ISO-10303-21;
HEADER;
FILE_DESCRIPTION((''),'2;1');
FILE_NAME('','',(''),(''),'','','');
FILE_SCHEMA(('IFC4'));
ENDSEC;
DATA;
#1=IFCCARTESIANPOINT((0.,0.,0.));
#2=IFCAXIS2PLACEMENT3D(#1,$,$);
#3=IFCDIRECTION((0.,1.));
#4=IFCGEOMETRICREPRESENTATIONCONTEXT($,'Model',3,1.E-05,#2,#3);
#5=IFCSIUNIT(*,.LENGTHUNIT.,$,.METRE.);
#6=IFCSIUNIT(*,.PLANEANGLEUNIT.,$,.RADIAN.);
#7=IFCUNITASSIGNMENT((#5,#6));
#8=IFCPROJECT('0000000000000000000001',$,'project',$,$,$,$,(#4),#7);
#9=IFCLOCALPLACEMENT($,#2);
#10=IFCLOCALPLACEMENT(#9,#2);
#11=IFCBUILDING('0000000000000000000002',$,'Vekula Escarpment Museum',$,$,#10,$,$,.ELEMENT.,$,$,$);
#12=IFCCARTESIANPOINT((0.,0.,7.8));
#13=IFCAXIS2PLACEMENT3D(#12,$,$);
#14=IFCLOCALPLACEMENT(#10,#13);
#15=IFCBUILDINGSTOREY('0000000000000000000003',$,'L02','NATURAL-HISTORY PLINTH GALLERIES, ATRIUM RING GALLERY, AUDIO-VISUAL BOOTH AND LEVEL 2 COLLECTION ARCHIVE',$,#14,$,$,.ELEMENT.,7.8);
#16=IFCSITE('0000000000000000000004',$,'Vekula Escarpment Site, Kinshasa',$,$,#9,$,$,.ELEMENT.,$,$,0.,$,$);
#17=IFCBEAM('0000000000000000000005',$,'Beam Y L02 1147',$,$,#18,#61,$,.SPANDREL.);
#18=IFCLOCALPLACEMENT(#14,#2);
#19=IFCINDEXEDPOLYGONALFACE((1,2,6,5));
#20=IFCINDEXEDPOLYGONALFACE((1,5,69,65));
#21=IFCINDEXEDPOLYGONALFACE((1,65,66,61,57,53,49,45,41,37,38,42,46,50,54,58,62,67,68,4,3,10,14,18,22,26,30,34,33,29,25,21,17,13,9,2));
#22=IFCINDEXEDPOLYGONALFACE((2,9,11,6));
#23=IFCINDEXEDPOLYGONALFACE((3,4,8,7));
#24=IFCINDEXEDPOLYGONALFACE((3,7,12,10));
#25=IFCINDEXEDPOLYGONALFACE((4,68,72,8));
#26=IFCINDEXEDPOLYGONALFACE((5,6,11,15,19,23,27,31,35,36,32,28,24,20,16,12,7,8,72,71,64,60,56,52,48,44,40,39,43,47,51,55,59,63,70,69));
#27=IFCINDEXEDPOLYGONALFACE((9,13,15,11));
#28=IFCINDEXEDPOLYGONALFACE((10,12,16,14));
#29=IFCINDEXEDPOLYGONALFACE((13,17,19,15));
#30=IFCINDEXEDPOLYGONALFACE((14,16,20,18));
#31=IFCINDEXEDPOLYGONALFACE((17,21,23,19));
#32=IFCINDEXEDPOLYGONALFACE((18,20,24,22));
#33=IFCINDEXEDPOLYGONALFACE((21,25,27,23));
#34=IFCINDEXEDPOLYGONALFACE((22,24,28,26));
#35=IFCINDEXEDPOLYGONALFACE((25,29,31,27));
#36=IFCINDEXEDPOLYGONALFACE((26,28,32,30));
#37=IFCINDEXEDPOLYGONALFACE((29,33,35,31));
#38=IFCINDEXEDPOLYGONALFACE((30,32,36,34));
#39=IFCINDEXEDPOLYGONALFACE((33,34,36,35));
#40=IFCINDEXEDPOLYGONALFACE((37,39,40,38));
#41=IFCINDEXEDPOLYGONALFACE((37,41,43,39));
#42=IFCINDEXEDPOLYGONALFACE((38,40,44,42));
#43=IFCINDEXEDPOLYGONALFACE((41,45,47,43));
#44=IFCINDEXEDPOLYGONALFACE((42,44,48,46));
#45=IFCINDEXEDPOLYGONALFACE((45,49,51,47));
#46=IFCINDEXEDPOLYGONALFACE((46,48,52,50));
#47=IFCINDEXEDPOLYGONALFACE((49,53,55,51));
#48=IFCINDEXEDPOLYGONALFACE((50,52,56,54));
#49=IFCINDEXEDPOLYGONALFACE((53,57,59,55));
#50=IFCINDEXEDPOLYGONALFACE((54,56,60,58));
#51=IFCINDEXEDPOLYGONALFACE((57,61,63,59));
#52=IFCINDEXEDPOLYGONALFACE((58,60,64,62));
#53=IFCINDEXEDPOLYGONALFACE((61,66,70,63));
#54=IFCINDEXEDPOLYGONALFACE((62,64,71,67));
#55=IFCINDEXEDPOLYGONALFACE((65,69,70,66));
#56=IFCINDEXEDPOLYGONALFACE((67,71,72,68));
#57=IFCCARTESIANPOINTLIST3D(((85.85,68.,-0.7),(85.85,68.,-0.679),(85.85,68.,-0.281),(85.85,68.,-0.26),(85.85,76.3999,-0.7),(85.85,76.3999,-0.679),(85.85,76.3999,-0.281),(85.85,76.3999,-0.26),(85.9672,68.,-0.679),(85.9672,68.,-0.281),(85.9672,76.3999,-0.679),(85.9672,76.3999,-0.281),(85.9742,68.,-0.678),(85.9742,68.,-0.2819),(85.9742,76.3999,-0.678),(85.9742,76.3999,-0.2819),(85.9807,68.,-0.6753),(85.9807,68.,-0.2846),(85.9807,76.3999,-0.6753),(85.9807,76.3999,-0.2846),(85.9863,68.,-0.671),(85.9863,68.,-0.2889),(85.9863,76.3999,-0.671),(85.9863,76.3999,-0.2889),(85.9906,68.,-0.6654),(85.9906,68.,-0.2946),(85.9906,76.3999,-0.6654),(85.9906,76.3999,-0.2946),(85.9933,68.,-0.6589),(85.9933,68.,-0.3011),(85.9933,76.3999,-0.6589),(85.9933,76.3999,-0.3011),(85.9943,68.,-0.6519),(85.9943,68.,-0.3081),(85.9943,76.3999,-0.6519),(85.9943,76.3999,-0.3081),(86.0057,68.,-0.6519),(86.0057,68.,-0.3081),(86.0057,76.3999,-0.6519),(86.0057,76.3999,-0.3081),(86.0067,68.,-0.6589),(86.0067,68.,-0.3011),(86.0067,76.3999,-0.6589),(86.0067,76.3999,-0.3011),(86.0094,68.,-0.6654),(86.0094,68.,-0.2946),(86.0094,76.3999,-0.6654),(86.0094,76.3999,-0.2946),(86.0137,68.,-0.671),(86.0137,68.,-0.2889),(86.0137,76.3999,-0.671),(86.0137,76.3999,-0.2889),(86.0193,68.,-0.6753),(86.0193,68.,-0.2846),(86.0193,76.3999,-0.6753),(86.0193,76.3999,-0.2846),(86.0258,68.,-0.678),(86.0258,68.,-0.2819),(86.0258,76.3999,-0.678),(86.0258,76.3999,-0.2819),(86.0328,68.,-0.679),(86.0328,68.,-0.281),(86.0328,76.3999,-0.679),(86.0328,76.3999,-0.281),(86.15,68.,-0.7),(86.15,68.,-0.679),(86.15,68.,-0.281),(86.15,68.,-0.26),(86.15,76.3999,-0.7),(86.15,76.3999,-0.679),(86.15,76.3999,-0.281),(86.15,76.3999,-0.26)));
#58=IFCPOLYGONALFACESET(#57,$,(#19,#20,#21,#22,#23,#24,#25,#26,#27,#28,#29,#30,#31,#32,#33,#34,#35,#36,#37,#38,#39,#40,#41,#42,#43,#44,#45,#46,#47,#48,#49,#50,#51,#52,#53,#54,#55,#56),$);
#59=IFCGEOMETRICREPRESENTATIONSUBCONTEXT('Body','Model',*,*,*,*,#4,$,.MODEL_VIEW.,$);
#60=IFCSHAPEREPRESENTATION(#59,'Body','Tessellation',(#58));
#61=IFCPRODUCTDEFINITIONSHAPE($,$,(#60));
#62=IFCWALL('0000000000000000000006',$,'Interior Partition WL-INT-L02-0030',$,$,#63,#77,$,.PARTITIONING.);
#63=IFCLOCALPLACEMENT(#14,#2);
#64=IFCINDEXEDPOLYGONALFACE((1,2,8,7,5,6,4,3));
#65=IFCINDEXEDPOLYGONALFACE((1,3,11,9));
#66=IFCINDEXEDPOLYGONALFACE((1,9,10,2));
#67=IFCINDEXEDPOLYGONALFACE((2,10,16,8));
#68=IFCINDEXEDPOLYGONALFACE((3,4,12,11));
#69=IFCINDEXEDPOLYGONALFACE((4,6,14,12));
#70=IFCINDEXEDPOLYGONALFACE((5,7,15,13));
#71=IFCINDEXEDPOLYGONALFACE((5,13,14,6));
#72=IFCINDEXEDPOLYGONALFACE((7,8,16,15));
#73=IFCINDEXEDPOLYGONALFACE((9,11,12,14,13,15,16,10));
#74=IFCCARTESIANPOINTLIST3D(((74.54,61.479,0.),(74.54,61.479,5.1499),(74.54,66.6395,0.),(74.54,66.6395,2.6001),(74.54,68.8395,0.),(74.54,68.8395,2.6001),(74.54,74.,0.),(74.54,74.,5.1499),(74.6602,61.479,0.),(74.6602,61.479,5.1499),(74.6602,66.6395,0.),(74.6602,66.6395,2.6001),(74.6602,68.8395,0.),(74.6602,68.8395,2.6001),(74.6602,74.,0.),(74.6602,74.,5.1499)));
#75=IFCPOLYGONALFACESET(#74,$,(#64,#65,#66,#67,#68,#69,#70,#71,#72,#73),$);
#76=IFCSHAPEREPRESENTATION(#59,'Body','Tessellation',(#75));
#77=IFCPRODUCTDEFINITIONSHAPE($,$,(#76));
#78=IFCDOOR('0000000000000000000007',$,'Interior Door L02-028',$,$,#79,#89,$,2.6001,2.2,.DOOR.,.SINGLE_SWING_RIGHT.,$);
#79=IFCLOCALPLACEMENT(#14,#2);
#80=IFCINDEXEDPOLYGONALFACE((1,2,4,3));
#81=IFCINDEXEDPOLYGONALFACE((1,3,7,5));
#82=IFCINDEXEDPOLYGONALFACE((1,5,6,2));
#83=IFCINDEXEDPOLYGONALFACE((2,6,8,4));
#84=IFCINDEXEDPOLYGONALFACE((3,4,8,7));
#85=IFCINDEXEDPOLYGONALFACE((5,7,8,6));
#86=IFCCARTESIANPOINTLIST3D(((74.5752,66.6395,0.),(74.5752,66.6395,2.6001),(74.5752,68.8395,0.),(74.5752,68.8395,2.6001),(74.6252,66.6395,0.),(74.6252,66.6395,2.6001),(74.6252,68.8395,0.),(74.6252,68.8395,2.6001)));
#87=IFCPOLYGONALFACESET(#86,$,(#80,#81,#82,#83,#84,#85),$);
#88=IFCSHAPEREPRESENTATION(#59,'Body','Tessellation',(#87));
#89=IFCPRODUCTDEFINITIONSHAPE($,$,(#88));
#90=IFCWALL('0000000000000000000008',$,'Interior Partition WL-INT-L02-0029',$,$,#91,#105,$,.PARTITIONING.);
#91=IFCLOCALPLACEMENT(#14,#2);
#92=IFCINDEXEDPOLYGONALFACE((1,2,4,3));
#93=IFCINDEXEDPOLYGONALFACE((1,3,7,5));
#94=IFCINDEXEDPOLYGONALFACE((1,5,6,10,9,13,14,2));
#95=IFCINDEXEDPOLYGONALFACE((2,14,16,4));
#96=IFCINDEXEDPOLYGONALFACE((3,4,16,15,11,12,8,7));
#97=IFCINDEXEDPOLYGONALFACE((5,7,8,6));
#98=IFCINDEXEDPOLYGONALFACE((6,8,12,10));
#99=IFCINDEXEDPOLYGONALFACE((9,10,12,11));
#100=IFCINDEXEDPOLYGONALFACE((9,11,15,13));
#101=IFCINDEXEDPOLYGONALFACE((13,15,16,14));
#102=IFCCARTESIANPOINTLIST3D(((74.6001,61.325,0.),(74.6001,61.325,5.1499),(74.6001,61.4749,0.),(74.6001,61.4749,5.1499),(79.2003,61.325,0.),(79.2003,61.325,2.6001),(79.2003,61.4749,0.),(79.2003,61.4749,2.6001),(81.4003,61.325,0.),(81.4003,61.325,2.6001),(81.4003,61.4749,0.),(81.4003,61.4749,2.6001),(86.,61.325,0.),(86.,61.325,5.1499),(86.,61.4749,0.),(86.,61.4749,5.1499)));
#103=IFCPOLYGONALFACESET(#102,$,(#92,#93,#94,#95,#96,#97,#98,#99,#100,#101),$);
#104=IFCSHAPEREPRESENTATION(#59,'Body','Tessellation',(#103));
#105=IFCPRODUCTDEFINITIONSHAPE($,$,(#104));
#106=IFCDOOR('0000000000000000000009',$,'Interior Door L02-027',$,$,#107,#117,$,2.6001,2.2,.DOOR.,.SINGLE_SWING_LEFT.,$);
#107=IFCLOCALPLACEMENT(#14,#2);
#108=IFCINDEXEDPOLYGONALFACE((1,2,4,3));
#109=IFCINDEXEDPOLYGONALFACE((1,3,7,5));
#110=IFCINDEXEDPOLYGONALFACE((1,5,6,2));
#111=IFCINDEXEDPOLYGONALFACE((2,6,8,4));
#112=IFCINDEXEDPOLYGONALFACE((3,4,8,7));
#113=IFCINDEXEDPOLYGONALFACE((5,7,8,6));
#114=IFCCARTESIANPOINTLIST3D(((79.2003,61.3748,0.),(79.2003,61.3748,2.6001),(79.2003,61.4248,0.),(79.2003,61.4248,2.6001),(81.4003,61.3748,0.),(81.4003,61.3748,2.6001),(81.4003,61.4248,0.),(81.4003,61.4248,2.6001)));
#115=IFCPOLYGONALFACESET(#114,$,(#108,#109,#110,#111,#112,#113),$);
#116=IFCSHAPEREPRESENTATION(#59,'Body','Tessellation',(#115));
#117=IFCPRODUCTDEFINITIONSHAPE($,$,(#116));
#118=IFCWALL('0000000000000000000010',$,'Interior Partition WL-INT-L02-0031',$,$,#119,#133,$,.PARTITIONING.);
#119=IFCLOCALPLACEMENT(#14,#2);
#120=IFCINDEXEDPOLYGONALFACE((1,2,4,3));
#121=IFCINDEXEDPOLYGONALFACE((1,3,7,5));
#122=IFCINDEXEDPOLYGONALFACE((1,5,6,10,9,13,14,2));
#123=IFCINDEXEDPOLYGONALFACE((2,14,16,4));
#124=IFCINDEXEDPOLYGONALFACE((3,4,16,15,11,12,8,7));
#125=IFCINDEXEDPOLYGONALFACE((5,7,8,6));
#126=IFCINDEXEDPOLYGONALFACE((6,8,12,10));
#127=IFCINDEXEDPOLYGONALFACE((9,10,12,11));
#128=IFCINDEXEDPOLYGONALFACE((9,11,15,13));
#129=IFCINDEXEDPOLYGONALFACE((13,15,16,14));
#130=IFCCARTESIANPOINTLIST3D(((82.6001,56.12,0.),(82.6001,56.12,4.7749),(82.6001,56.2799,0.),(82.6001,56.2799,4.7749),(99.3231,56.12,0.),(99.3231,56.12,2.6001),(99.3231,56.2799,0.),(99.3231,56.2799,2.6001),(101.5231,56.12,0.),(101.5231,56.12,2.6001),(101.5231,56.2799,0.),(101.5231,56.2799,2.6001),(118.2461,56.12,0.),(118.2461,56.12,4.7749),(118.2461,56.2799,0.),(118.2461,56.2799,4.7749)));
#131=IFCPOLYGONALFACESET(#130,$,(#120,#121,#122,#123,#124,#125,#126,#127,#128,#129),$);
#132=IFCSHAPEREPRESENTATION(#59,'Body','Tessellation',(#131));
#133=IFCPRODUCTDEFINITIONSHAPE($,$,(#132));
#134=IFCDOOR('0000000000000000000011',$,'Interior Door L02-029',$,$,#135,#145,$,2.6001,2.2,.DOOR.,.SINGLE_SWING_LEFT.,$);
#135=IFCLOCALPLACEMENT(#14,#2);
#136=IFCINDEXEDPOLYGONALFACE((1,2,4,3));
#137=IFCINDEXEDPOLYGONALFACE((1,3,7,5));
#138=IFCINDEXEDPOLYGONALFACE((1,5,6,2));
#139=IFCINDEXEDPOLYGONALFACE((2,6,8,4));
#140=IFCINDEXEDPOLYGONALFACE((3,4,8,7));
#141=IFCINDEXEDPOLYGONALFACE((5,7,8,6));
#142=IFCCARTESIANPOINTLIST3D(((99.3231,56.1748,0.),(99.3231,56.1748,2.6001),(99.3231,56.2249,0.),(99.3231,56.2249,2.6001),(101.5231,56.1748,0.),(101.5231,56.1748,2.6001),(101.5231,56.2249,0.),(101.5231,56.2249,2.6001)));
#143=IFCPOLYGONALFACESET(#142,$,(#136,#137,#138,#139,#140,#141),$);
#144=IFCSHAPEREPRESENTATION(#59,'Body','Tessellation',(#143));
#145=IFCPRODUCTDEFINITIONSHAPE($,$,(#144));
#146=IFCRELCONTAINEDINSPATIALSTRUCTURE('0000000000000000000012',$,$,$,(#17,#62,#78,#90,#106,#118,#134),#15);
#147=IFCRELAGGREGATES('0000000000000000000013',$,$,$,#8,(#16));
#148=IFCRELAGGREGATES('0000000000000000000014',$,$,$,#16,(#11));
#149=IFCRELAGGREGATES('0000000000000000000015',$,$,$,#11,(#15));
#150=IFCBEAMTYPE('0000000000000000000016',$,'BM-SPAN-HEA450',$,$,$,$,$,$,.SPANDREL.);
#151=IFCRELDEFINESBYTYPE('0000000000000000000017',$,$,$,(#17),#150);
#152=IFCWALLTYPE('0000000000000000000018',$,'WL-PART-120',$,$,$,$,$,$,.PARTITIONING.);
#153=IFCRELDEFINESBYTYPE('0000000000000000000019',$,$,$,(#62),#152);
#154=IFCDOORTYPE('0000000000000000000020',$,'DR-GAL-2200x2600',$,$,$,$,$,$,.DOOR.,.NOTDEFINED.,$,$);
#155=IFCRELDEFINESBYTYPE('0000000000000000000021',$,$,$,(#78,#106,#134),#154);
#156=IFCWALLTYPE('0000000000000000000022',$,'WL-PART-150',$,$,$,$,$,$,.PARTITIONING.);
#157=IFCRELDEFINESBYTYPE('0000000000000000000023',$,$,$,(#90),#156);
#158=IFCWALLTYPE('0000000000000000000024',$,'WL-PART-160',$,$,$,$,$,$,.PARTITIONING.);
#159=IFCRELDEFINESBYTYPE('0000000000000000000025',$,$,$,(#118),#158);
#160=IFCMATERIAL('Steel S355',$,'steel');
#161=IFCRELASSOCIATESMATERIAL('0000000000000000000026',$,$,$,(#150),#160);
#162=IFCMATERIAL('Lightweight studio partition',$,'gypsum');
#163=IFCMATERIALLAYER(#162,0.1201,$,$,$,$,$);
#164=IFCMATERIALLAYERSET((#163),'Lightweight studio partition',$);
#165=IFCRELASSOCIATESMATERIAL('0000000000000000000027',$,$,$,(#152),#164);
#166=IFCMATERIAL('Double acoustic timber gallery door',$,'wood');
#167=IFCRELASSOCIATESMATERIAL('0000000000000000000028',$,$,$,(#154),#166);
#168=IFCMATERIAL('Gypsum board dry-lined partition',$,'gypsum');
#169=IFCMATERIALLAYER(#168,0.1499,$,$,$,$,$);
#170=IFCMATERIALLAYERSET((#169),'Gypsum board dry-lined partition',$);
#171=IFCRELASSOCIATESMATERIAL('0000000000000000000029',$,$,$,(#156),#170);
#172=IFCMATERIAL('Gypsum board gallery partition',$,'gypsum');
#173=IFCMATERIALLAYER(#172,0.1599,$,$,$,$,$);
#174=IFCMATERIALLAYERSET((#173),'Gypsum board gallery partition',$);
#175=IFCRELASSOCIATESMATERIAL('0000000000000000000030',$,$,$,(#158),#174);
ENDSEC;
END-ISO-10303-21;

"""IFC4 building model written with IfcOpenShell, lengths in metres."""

from ifc_helpers import new_model, si_unit, direction, frame, frame_2d, origin, origin_2d, place, context, subcontext, project, spatial, rectangle, i_section, extrude, material, layer, layer_set, material_profile, profile_set, type_object, element, fill, save


model = new_model("IFC4")

# Units and contexts
model_context = context("Model", 3, precision=1e-05, world=origin(), true_north=direction((0.0, 1.0)))
body_context = subcontext(model_context, "Body", "Model", "MODEL_VIEW")
ifc_project = project(units=[si_unit("LENGTHUNIT", "METRE"), si_unit("PLANEANGLEUNIT", "RADIAN")], contexts=[model_context])

# Site, building, storey
site_placement = place(None, origin())
site = spatial("IfcSite", under=ifc_project, at=site_placement, Name="Vekula Escarpment Site, Kinshasa", CompositionType="ELEMENT", RefElevation=0.0)
building_placement = place(site_placement, origin())
building = spatial("IfcBuilding", under=site, at=building_placement, Name="Vekula Escarpment Museum", CompositionType="ELEMENT")
storey_placement = place(building_placement, frame((0.0, 0.0, 7.8)))
storey = spatial("IfcBuildingStorey", under=building, at=storey_placement, Name="L02", Description="NATURAL-HISTORY PLINTH GALLERIES, ATRIUM RING GALLERY, AUDIO-VISUAL BOOTH AND LEVEL 2 COLLECTION ARCHIVE", CompositionType="ELEMENT", Elevation=7.8)

# Beam
ifc_material_1 = material(Name="Steel S355", Category="steel")
ifc_material_profile_1 = material_profile(ifc_material_1, i_section(OverallWidth=0.3, OverallDepth=0.4399, WebThickness=0.0115, FlangeThickness=0.021, FilletRadius=0.0271, at=origin_2d()), Name="HEA 450")
ifc_profile_set_1 = profile_set([ifc_material_profile_1], Name="Steel S355")
beam_type_1 = type_object("IfcBeamType", Name="BM-SPAN-HEA450", PredefinedType="SPANDREL", material=ifc_profile_set_1)
for number, where, z_axis, x_axis, name in (
    (1, (86.0, 68.0, -0.48), (0.0, 1.0, 0.0), (-1.0, 0.0, 0.0), "Beam Y L02 1147"),
):
    element("IfcBeam", number, at=place(storey_placement, frame(where, z_axis=z_axis, x_axis=x_axis)), inside=storey, type_object=beam_type_1, Name=name, PredefinedType="SPANDREL", context=body_context, shape_type="SweptSolid", body=[
        extrude(i_section(OverallWidth=0.3, OverallDepth=0.4399, WebThickness=0.0115, FlangeThickness=0.021, FilletRadius=0.0271, at=origin_2d()), origin(), (0.0, 0.0, 1.0), 8.3999),
    ])

# Walls, openings, doors
ifc_material_2 = material(Name="Lightweight studio partition", Category="gypsum")
ifc_layer_1 = layer(ifc_material_2, 0.1201)
ifc_layer_set_1 = layer_set([ifc_layer_1], Name="Lightweight studio partition")
wall_type_1 = type_object("IfcWallType", Name="WL-PART-120", PredefinedType="PARTITIONING", material=ifc_layer_set_1)
wall_1_placement = place(storey_placement, frame((74.6001, 61.479, 0.0), z_axis=(0.0, 0.0, 1.0), x_axis=(0.0, 1.0, 0.0)))
wall_1 = element("IfcWall", 2, at=wall_1_placement, inside=storey, type_object=wall_type_1, Name="Interior Partition WL-INT-L02-0030", PredefinedType="PARTITIONING", context=body_context, shape_type="SweptSolid", body=[
    extrude(rectangle(XDim=12.521, YDim=0.1201, at=frame_2d((6.2605, 0.0))), origin(), (0.0, 0.0, 1.0), 5.1499),
])
opening_1_placement = place(wall_1_placement, frame((5.1604, 0.0, 0.0)))
opening_1 = element("IfcOpeningElement", 3, at=opening_1_placement, cuts=wall_1, PredefinedType="OPENING", context=body_context, shape_type="SweptSolid", body=[
    extrude(rectangle(XDim=2.2, YDim=2.6001, at=frame_2d((1.1001, 1.3))), frame((0.0, 0.0701, 0.0), z_axis=(0.0, -1.0, 0.0), x_axis=(1.0, 0.0, 0.0)), (0.0, 0.0, 1.0), 0.1401),
])
ifc_material_3 = material(Name="Double acoustic timber gallery door", Category="wood")
door_type = type_object("IfcDoorType", Name="DR-GAL-2200x2600", OperationType="NOTDEFINED", PredefinedType="DOOR", material=ifc_material_3)
door_1_placement = place(opening_1_placement, origin())
door_1 = element("IfcDoor", 4, at=door_1_placement, inside=storey, type_object=door_type, Name="Interior Door L02-028", OperationType="SINGLE_SWING_RIGHT", OverallHeight=2.6001, OverallWidth=2.2, PredefinedType="DOOR", context=body_context, shape_type="SweptSolid", body=[
    extrude(rectangle(XDim=2.2, YDim=2.6001, at=frame_2d((1.1001, 1.3))), frame((0.0, 0.0249, 0.0), z_axis=(0.0, -1.0, 0.0), x_axis=(1.0, 0.0, 0.0)), (0.0, 0.0, 1.0), 0.05),
])
fill(opening_1, door_1)
ifc_material_4 = material(Name="Gypsum board dry-lined partition", Category="gypsum")
ifc_layer_2 = layer(ifc_material_4, 0.1499)
ifc_layer_set_2 = layer_set([ifc_layer_2], Name="Gypsum board dry-lined partition")
wall_type_2 = type_object("IfcWallType", Name="WL-PART-150", PredefinedType="PARTITIONING", material=ifc_layer_set_2)
wall_2_placement = place(storey_placement, frame((74.6001, 61.3999, 0.0), z_axis=(0.0, 0.0, 1.0), x_axis=(1.0, 0.0, 0.0)))
wall_2 = element("IfcWall", 5, at=wall_2_placement, inside=storey, type_object=wall_type_2, Name="Interior Partition WL-INT-L02-0029", PredefinedType="PARTITIONING", context=body_context, shape_type="SweptSolid", body=[
    extrude(rectangle(XDim=11.3999, YDim=0.1499, at=frame_2d((5.7, 0.0))), origin(), (0.0, 0.0, 1.0), 5.1499),
])
opening_2_placement = place(wall_2_placement, frame((4.6001, 0.0, 0.0)))
opening_2 = element("IfcOpeningElement", 6, at=opening_2_placement, cuts=wall_2, PredefinedType="OPENING", context=body_context, shape_type="SweptSolid", body=[
    extrude(rectangle(XDim=2.2, YDim=2.6001, at=frame_2d((1.1001, 1.3))), frame((0.0, 0.085, 0.0), z_axis=(0.0, -1.0, 0.0), x_axis=(1.0, 0.0, 0.0)), (0.0, 0.0, 1.0), 0.1699),
])
door_2_placement = place(opening_2_placement, origin())
door_2 = element("IfcDoor", 7, at=door_2_placement, inside=storey, type_object=door_type, Name="Interior Door L02-027", OperationType="SINGLE_SWING_LEFT", OverallHeight=2.6001, OverallWidth=2.2, PredefinedType="DOOR", context=body_context, shape_type="SweptSolid", body=[
    extrude(rectangle(XDim=2.2, YDim=2.6001, at=frame_2d((1.1001, 1.3))), frame((0.0, 0.0249, 0.0), z_axis=(0.0, -1.0, 0.0), x_axis=(1.0, 0.0, 0.0)), (0.0, 0.0, 1.0), 0.05),
])
fill(opening_2, door_2)
ifc_material_5 = material(Name="Gypsum board gallery partition", Category="gypsum")
ifc_layer_3 = layer(ifc_material_5, 0.1599)
ifc_layer_set_3 = layer_set([ifc_layer_3], Name="Gypsum board gallery partition")
wall_type_3 = type_object("IfcWallType", Name="WL-PART-160", PredefinedType="PARTITIONING", material=ifc_layer_set_3)
wall_3_placement = place(storey_placement, frame((82.6001, 56.2, 0.0), z_axis=(0.0, 0.0, 1.0), x_axis=(1.0, 0.0, 0.0)))
wall_3 = element("IfcWall", 8, at=wall_3_placement, inside=storey, type_object=wall_type_3, Name="Interior Partition WL-INT-L02-0031", PredefinedType="PARTITIONING", context=body_context, shape_type="SweptSolid", body=[
    extrude(rectangle(XDim=35.646, YDim=0.1599, at=frame_2d((17.823, 0.0))), origin(), (0.0, 0.0, 1.0), 4.7749),
])
opening_3_placement = place(wall_3_placement, frame((16.7229, 0.0, 0.0)))
opening_3 = element("IfcOpeningElement", 9, at=opening_3_placement, cuts=wall_3, PredefinedType="OPENING", context=body_context, shape_type="SweptSolid", body=[
    extrude(rectangle(XDim=2.2, YDim=2.6001, at=frame_2d((1.1001, 1.3))), frame((0.0, 0.0898, 0.0), z_axis=(0.0, -1.0, 0.0), x_axis=(1.0, 0.0, 0.0)), (0.0, 0.0, 1.0), 0.1799),
])
door_3_placement = place(opening_3_placement, origin())
door_3 = element("IfcDoor", 10, at=door_3_placement, inside=storey, type_object=door_type, Name="Interior Door L02-029", OperationType="SINGLE_SWING_LEFT", OverallHeight=2.6001, OverallWidth=2.2, PredefinedType="DOOR", context=body_context, shape_type="SweptSolid", body=[
    extrude(rectangle(XDim=2.2, YDim=2.6001, at=frame_2d((1.1001, 1.3))), frame((0.0, 0.0249, 0.0), z_axis=(0.0, -1.0, 0.0), x_axis=(1.0, 0.0, 0.0)), (0.0, 0.0, 1.0), 0.05),
])
fill(opening_3, door_3)

save(model, "model.ifc")
